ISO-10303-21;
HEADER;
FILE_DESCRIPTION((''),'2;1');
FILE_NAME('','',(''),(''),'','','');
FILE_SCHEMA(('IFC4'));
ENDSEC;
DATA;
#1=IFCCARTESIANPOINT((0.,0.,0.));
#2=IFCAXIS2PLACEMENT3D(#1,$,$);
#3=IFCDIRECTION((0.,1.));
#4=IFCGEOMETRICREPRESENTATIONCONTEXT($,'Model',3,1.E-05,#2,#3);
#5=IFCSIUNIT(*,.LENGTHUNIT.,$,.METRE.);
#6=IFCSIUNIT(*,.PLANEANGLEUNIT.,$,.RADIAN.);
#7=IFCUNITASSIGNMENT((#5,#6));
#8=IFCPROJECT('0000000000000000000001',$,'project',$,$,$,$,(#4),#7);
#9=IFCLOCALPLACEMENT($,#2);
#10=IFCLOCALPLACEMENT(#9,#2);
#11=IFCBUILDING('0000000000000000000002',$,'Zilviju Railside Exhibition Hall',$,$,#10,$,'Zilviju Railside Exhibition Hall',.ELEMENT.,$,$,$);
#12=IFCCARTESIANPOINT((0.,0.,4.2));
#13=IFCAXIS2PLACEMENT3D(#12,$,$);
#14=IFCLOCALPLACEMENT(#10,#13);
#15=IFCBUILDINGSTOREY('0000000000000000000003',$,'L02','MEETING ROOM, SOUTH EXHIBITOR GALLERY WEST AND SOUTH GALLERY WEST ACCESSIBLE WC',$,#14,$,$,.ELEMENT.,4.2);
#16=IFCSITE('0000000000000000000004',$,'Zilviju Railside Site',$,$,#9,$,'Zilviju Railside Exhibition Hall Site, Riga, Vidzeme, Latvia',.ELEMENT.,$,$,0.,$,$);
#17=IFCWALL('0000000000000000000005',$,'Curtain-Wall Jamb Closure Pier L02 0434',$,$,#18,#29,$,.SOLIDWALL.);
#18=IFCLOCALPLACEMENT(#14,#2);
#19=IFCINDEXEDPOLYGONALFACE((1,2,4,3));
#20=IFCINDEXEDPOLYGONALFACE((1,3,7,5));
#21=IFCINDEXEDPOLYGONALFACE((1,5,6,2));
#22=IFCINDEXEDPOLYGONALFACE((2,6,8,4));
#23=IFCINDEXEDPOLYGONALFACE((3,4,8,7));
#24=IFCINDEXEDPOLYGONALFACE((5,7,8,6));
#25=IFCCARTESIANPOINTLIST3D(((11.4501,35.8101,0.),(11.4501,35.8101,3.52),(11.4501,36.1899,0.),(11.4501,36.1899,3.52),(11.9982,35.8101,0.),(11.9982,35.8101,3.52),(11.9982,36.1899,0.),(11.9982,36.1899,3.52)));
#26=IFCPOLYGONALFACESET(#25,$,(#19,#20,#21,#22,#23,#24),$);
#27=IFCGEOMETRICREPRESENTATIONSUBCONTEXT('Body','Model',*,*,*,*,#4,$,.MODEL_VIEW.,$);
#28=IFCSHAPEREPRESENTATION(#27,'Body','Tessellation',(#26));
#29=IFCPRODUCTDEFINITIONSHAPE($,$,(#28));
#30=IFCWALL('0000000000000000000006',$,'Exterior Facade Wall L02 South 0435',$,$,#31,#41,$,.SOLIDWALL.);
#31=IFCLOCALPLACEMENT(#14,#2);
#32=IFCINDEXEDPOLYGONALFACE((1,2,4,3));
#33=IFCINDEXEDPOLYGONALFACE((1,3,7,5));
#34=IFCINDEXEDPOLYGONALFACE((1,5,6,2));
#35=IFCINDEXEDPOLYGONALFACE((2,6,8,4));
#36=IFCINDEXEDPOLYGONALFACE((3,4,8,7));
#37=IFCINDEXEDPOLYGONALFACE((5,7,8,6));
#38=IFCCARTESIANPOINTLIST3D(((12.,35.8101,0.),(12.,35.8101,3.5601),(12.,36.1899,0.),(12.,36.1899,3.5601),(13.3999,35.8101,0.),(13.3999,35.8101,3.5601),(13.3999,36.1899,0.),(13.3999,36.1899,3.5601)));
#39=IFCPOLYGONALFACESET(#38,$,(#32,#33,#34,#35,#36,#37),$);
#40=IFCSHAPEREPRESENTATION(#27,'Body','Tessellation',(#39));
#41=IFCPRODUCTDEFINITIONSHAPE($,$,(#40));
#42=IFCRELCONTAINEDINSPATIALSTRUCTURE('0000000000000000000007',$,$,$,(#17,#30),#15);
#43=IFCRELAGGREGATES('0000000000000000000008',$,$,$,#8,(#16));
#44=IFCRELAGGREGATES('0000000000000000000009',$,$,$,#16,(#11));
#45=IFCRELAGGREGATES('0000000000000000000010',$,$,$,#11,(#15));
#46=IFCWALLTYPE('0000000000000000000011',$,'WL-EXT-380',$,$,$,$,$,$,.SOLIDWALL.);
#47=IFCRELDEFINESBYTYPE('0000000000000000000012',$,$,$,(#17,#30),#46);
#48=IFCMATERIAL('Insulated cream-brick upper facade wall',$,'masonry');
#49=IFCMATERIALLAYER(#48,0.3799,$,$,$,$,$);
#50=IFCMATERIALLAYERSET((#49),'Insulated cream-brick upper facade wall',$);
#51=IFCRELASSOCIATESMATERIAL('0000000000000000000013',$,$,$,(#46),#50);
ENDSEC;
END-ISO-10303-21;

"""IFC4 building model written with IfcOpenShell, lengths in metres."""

from ifc_helpers import new_model, si_unit, direction, frame, frame_2d, origin, place, context, subcontext, project, spatial, rectangle, extrude, material, layer, layer_set, type_object, element, save


model = new_model("IFC4")

# Units and contexts
model_context = context("Model", 3, precision=1e-05, world=origin(), true_north=direction((0.0, 1.0)))
body_context = subcontext(model_context, "Body", "Model", "MODEL_VIEW")
ifc_project = project(units=[si_unit("LENGTHUNIT", "METRE"), si_unit("PLANEANGLEUNIT", "RADIAN")], contexts=[model_context])

# Site, building, storey
site_placement = place(None, origin())
site = spatial("IfcSite", under=ifc_project, at=site_placement, Name="Zilviju Railside Site", LongName="Zilviju Railside Exhibition Hall Site, Riga, Vidzeme, Latvia", CompositionType="ELEMENT", RefElevation=0.0)
building_placement = place(site_placement, origin())
building = spatial("IfcBuilding", under=site, at=building_placement, Name="Zilviju Railside Exhibition Hall", LongName="Zilviju Railside Exhibition Hall", CompositionType="ELEMENT")
storey_placement = place(building_placement, frame((0.0, 0.0, 4.2)))
storey = spatial("IfcBuildingStorey", under=building, at=storey_placement, Name="L02", Description="MEETING ROOM, SOUTH EXHIBITOR GALLERY WEST AND SOUTH GALLERY WEST ACCESSIBLE WC", CompositionType="ELEMENT", Elevation=4.2)

# Walls
ifc_material_1 = material(Name="Insulated cream-brick upper facade wall", Category="masonry")
ifc_layer_1 = layer(ifc_material_1, 0.3799)
ifc_layer_set_1 = layer_set([ifc_layer_1], Name="Insulated cream-brick upper facade wall")
wall_type = type_object("IfcWallType", Name="WL-EXT-380", PredefinedType="SOLIDWALL", material=ifc_layer_set_1)
wall_1_placement = place(storey_placement, frame((11.998, 36.0, 0.0), z_axis=(0.0, 0.0, 1.0), x_axis=(-1.0, 0.0, 0.0)))
element("IfcWall", 1, at=wall_1_placement, inside=storey, type_object=wall_type, Name="Curtain-Wall Jamb Closure Pier L02 0434", PredefinedType="SOLIDWALL", context=body_context, shape_type="SweptSolid", body=[
    extrude(rectangle(XDim=0.5481, YDim=0.3799, at=frame_2d((0.2739, 0.0))), origin(), (0.0, 0.0, 1.0), 3.52),
])
wall_2_placement = place(storey_placement, frame((13.3999, 36.0, 0.0), z_axis=(0.0, 0.0, 1.0), x_axis=(-1.0, 0.0, 0.0)))
element("IfcWall", 2, at=wall_2_placement, inside=storey, type_object=wall_type, Name="Exterior Facade Wall L02 South 0435", PredefinedType="SOLIDWALL", context=body_context, shape_type="SweptSolid", body=[
    extrude(rectangle(XDim=1.3999, YDim=0.3799, at=frame_2d((0.7, 0.0))), origin(), (0.0, 0.0, 1.0), 3.5601),
])

save(model, "model.ifc")
